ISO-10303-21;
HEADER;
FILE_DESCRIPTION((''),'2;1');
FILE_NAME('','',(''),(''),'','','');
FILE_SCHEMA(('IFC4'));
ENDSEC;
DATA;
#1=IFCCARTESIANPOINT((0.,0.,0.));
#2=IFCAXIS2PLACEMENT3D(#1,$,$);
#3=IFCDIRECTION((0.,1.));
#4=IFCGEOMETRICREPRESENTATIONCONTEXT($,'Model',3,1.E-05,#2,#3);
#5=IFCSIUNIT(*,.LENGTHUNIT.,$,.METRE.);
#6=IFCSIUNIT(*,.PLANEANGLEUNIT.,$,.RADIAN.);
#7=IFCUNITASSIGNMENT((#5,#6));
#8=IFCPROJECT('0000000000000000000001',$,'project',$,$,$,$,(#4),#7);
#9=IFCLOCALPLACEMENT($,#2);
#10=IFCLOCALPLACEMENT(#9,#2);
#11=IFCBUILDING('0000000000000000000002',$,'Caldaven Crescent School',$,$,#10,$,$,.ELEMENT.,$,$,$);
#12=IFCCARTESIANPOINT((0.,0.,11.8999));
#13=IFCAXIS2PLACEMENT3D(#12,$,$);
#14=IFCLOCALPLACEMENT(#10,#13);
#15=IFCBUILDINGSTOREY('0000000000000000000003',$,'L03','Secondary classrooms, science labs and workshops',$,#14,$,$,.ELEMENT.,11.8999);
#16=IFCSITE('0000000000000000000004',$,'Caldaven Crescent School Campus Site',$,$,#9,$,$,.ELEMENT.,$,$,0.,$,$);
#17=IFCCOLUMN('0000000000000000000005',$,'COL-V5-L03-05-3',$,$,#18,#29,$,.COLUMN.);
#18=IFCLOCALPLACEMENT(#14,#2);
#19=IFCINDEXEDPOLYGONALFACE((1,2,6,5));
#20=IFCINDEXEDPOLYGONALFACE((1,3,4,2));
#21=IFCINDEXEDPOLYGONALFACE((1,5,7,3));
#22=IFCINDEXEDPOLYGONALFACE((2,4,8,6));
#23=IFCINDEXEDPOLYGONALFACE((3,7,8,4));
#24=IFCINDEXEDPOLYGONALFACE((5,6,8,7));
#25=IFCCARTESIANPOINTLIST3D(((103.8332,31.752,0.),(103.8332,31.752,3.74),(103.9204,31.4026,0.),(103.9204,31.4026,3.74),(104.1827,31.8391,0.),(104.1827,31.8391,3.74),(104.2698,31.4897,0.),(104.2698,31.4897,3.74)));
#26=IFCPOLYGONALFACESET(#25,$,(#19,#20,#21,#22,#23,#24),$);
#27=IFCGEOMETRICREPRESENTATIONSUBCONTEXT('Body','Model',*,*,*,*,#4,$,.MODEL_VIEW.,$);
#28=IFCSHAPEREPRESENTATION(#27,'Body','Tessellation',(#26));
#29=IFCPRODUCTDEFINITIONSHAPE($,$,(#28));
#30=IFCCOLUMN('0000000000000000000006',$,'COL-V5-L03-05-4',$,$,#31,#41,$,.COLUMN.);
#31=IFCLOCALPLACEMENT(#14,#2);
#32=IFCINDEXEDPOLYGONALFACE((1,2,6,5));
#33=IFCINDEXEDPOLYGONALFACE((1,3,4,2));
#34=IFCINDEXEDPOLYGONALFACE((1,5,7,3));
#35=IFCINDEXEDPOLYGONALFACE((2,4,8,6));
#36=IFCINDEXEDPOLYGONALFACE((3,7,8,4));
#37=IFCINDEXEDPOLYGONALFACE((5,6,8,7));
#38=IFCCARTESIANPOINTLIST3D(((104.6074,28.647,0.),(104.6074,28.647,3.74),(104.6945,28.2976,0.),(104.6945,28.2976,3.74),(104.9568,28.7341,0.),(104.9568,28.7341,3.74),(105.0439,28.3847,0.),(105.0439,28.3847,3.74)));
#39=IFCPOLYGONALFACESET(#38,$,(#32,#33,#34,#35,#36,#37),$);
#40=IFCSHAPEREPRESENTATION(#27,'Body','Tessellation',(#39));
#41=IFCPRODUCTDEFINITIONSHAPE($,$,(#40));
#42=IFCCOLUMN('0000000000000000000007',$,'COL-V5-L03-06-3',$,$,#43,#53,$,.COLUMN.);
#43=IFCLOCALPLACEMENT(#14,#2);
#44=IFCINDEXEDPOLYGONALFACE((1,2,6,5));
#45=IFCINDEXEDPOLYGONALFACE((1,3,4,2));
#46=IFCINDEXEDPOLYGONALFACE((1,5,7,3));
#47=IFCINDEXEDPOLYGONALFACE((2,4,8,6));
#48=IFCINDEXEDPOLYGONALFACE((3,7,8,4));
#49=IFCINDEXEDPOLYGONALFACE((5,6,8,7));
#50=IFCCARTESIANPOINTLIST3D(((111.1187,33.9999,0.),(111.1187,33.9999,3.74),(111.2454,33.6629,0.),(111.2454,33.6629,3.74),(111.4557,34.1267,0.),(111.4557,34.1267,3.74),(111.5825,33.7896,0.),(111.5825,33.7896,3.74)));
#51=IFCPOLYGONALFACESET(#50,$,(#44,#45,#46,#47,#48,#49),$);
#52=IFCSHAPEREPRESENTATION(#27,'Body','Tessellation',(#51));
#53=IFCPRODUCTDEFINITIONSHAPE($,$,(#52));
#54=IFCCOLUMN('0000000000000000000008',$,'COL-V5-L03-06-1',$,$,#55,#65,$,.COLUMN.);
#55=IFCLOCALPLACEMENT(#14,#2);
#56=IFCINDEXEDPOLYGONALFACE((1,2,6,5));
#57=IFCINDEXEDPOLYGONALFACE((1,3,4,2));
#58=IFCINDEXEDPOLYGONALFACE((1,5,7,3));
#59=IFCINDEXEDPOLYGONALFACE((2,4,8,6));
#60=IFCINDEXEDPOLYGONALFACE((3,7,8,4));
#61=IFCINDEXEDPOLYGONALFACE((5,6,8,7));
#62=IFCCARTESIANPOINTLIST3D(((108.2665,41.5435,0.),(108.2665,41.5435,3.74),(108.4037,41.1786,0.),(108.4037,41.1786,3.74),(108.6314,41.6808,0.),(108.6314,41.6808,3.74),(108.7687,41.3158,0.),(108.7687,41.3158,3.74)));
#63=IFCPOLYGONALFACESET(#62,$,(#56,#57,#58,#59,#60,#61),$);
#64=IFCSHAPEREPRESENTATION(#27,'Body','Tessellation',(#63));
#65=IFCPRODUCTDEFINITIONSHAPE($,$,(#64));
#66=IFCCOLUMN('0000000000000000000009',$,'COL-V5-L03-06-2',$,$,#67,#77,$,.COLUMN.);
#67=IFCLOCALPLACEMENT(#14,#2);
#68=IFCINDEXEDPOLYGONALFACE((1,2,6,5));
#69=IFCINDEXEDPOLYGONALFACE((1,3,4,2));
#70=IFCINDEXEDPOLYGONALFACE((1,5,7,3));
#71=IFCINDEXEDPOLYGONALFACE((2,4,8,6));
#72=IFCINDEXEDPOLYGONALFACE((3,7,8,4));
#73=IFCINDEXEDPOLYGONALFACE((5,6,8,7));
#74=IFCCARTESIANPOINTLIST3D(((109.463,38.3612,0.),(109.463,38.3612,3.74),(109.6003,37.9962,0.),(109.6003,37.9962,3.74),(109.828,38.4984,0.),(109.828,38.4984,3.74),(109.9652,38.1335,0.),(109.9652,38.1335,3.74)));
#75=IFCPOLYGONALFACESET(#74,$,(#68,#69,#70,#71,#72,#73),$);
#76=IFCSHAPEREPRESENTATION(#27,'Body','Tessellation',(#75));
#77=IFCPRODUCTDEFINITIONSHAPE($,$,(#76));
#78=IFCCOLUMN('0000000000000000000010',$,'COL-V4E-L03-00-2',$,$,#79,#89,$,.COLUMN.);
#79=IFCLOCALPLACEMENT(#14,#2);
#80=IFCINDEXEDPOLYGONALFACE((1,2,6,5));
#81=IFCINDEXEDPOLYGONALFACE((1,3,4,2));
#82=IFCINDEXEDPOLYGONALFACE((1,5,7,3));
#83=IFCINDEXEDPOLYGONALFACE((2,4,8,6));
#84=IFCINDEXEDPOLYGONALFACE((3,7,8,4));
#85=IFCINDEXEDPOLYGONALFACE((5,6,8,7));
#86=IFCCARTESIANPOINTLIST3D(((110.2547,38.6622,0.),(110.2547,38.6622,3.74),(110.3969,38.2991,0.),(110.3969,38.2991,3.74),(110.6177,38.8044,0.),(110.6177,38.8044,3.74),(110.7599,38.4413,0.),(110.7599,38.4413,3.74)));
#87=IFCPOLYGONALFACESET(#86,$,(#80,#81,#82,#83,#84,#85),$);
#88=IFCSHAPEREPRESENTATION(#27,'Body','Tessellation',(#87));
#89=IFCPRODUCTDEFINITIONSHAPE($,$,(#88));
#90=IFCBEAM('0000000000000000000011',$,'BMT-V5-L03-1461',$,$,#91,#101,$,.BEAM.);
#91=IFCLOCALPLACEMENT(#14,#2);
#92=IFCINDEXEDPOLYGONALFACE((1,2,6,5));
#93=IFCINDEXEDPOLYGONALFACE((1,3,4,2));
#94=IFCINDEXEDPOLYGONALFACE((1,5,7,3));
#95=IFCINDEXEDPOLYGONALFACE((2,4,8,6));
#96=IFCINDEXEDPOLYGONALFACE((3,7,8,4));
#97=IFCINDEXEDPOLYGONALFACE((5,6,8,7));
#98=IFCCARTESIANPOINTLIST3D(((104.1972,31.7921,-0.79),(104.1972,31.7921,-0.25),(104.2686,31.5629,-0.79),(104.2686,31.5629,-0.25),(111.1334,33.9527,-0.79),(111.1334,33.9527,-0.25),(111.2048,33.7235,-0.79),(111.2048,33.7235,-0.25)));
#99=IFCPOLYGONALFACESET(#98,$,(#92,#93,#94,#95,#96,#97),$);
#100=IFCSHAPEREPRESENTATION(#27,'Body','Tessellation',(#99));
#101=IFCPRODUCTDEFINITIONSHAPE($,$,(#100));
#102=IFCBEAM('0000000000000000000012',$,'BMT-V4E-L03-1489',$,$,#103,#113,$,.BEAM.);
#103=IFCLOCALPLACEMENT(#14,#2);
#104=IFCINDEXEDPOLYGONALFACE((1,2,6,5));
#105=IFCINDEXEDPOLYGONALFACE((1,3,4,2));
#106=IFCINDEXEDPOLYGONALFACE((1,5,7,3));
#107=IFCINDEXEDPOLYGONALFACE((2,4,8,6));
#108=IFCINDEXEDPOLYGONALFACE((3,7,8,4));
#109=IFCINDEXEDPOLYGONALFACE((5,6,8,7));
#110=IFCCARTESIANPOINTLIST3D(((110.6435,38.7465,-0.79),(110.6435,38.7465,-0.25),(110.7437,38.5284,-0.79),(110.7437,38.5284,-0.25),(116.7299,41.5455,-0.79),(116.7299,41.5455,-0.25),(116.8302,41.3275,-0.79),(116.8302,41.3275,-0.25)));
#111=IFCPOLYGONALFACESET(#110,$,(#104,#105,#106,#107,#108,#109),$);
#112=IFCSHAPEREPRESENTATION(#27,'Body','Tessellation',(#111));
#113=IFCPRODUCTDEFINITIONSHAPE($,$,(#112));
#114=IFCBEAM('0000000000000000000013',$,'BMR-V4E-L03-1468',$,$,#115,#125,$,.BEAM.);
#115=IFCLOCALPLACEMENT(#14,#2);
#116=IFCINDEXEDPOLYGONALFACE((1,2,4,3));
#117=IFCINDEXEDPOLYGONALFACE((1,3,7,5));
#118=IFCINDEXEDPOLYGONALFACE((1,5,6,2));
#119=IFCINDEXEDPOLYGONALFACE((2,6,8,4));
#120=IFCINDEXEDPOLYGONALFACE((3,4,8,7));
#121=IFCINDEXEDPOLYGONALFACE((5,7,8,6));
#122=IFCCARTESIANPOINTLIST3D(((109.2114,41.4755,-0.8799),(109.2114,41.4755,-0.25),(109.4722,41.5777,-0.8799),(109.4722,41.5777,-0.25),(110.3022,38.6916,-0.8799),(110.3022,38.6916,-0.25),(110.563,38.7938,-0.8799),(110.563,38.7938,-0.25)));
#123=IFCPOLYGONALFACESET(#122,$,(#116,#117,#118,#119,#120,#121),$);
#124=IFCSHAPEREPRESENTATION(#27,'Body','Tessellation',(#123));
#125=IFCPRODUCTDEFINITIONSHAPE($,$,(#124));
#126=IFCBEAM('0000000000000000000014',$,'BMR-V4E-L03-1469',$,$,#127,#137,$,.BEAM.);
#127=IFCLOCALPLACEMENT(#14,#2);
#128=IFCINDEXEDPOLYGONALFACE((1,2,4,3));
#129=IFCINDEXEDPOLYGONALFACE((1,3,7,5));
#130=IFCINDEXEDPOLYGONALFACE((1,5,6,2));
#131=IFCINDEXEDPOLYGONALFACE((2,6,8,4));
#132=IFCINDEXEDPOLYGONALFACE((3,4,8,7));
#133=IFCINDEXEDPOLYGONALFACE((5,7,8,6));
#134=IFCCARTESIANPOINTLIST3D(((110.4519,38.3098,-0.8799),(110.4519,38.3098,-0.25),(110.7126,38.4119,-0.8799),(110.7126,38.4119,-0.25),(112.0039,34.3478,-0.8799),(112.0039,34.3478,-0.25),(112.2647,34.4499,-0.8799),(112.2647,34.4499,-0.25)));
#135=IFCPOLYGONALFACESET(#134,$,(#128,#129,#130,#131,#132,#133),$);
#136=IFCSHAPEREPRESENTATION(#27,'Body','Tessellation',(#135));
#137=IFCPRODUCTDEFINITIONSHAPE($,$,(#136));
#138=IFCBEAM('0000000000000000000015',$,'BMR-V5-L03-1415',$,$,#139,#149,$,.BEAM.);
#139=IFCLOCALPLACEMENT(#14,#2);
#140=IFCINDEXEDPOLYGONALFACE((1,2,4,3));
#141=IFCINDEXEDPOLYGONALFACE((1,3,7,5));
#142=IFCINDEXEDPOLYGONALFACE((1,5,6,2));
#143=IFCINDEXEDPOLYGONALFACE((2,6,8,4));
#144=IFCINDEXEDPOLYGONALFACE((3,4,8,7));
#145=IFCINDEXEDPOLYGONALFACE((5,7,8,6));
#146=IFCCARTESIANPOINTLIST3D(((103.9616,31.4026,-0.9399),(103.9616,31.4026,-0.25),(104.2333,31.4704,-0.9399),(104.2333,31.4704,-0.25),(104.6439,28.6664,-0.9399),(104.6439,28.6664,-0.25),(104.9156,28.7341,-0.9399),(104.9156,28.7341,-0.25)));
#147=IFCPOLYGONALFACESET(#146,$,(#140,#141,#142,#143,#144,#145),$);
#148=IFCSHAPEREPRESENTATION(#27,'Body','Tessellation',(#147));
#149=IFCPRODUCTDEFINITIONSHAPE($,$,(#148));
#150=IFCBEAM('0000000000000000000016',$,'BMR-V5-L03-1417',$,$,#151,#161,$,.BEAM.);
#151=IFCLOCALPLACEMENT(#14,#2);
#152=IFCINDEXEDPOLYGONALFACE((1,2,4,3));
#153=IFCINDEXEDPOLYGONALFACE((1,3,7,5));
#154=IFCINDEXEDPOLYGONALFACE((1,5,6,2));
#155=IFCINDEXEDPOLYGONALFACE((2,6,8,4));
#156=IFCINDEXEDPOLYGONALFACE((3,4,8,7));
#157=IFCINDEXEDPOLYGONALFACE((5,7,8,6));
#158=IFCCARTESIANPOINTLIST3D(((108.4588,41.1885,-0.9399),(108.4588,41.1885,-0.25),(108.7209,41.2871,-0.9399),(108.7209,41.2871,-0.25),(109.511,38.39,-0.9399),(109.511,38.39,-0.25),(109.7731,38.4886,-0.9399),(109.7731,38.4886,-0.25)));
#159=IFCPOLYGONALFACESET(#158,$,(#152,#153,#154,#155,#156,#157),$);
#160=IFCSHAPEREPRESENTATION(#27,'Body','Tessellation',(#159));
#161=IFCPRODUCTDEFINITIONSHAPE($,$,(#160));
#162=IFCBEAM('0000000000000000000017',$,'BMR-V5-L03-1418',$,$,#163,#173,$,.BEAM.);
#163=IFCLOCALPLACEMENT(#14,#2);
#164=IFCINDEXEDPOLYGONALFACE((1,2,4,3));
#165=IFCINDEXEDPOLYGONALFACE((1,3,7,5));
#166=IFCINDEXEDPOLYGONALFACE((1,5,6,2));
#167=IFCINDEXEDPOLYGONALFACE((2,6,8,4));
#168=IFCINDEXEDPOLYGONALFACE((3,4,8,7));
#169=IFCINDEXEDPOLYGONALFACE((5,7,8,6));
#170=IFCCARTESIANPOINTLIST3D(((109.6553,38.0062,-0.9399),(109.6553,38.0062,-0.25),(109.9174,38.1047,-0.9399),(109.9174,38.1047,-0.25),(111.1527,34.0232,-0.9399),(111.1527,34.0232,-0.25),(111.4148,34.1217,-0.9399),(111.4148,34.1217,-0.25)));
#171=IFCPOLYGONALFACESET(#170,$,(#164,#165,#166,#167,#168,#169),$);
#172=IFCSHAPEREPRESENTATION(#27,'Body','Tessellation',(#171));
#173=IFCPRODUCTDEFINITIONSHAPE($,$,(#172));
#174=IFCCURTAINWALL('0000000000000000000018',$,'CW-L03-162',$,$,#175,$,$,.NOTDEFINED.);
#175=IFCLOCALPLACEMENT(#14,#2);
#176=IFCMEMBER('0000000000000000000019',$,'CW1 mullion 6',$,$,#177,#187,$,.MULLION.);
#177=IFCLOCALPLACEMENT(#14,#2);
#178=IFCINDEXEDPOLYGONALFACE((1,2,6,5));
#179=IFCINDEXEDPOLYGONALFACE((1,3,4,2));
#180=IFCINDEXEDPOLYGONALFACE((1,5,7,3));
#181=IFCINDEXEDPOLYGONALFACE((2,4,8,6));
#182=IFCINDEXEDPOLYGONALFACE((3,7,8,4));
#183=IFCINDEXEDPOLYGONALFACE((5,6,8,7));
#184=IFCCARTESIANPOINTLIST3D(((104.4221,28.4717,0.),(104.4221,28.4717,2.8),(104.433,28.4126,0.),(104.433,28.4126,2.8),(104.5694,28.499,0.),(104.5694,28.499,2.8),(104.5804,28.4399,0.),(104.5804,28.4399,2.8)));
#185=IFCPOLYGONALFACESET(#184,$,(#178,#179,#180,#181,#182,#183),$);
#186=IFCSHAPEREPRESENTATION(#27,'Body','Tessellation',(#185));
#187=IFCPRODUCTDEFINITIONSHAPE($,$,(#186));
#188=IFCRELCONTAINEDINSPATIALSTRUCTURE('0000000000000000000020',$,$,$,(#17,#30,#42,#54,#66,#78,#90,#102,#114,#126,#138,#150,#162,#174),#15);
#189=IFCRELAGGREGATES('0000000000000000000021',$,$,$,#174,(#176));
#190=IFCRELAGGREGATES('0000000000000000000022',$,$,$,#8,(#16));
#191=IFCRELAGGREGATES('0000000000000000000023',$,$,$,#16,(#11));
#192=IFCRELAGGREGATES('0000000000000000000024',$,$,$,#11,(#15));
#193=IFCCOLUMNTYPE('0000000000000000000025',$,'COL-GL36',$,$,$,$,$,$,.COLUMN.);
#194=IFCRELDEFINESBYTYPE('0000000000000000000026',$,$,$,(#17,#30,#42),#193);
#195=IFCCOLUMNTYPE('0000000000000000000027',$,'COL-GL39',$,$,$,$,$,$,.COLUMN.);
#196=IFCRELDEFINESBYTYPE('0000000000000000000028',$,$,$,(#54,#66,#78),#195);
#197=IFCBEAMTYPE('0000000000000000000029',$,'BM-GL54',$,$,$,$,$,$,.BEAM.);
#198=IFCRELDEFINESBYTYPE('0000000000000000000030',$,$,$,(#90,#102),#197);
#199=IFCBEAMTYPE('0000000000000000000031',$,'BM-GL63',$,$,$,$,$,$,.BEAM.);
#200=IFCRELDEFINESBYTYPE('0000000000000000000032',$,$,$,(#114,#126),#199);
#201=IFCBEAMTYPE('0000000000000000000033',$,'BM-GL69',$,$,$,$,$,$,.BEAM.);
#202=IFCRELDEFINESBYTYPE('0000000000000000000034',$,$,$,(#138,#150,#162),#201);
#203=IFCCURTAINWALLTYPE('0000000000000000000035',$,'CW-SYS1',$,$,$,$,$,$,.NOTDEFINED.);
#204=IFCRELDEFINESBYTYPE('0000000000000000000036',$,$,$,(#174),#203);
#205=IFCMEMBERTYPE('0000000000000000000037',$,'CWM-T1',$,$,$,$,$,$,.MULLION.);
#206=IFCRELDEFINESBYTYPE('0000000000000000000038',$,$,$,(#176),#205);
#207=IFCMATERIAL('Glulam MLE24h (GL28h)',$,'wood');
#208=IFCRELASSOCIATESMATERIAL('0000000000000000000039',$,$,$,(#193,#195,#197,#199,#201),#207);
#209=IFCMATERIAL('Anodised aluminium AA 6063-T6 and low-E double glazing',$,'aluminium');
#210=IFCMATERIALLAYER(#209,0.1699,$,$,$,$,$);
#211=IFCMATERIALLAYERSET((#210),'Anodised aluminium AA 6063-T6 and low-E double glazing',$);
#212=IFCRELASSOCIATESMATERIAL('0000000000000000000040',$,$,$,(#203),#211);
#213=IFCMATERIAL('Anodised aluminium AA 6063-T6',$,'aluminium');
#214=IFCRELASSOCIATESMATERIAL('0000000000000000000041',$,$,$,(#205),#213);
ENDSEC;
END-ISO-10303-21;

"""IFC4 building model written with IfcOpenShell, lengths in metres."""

from ifc_helpers import new_model, si_unit, direction, frame, origin, origin_2d, place, context, subcontext, project, spatial, rectangle, extrude, material, layer, layer_set, material_profile, profile_set, type_object, element, aggregate, save


model = new_model("IFC4")

# Units and contexts
model_context = context("Model", 3, precision=1e-05, world=origin(), true_north=direction((0.0, 1.0)))
body_context = subcontext(model_context, "Body", "Model", "MODEL_VIEW")
ifc_project = project(units=[si_unit("LENGTHUNIT", "METRE"), si_unit("PLANEANGLEUNIT", "RADIAN")], contexts=[model_context])

# Site, building, storey
site_placement = place(None, origin())
site = spatial("IfcSite", under=ifc_project, at=site_placement, Name="Caldaven Crescent School Campus Site", CompositionType="ELEMENT", RefElevation=0.0)
building_placement = place(site_placement, origin())
building = spatial("IfcBuilding", under=site, at=building_placement, Name="Caldaven Crescent School", CompositionType="ELEMENT")
storey_placement = place(building_placement, frame((0.0, 0.0, 11.8999)))
storey = spatial("IfcBuildingStorey", under=building, at=storey_placement, Name="L03", Description="Secondary classrooms, science labs and workshops", CompositionType="ELEMENT", Elevation=11.8999)

# Columns
ifc_material_1 = material(Name="Glulam MLE24h (GL28h)", Category="wood")
ifc_material_profile_1 = material_profile(ifc_material_1, rectangle(XDim=0.3601, YDim=0.3601, at=origin_2d()), Name="MLE 360x360")
ifc_profile_set_1 = profile_set([ifc_material_profile_1], Name="Glulam MLE24h (GL28h)")
column_type_1 = type_object("IfcColumnType", Name="COL-GL36", PredefinedType="COLUMN", material=ifc_profile_set_1)
for number, where, z_axis, x_axis, name in (
    (1, (104.0515, 31.6208, 0.0), (0.0, 0.0, 1.0), (0.241922, -0.970296, 0.0), "COL-V5-L03-05-3"),
    (2, (104.8257, 28.5159, 0.0), (0.0, 0.0, 1.0), (0.241922, -0.970296, 0.0), "COL-V5-L03-05-4"),
    (3, (111.3506, 33.8948, 0.0), (0.0, 0.0, 1.0), (0.352005, -0.935998, 0.0), "COL-V5-L03-06-3"),
):
    element("IfcColumn", number, at=place(storey_placement, frame(where, z_axis=z_axis, x_axis=x_axis)), inside=storey, type_object=column_type_1, Name=name, PredefinedType="COLUMN", context=body_context, shape_type="SweptSolid", body=[
        extrude(rectangle(XDim=0.3601, YDim=0.3601, at=origin_2d()), origin(), (0.0, 0.0, 1.0), 3.74),
    ])
ifc_material_profile_2 = material_profile(ifc_material_1, rectangle(XDim=0.3899, YDim=0.3899, at=origin_2d()), Name="MLE 390x390")
ifc_profile_set_2 = profile_set([ifc_material_profile_2], Name="Glulam MLE24h (GL28h)")
column_type_2 = type_object("IfcColumnType", Name="COL-GL39", PredefinedType="COLUMN", material=ifc_profile_set_2)
for number, where, z_axis, x_axis, name in (
    (4, (108.5176, 41.4297, 0.0), (0.0, 0.0, 1.0), (0.352005, -0.935998, 0.0), "COL-V5-L03-06-1"),
    (5, (109.7141, 38.2473, 0.0), (0.0, 0.0, 1.0), (0.352005, -0.935998, 0.0), "COL-V5-L03-06-2"),
    (6, (110.5073, 38.5518, 0.0), (0.0, 0.0, 1.0), (0.364714, -0.931119, 0.0), "COL-V4E-L03-00-2"),
):
    element("IfcColumn", number, at=place(storey_placement, frame(where, z_axis=z_axis, x_axis=x_axis)), inside=storey, type_object=column_type_2, Name=name, PredefinedType="COLUMN", context=body_context, shape_type="SweptSolid", body=[
        extrude(rectangle(XDim=0.3899, YDim=0.3899, at=origin_2d()), origin(), (0.0, 0.0, 1.0), 3.74),
    ])

# Beams
ifc_material_profile_3 = material_profile(ifc_material_1, rectangle(XDim=0.24, YDim=0.54, at=origin_2d()), Name="MLE 240x540")
ifc_profile_set_3 = profile_set([ifc_material_profile_3], Name="Glulam MLE24h (GL28h)")
beam_type_1 = type_object("IfcBeamType", Name="BM-GL54", PredefinedType="BEAM", material=ifc_profile_set_3)
beam_1_placement = place(storey_placement, frame((104.2329, 31.6775, -0.52), z_axis=(0.954752, 0.297404, 0.0), x_axis=(-0.297404, 0.954752, 0.0)))
element("IfcBeam", 7, at=beam_1_placement, inside=storey, type_object=beam_type_1, Name="BMT-V5-L03-1461", PredefinedType="BEAM", context=body_context, shape_type="SweptSolid", body=[
    extrude(rectangle(XDim=0.24, YDim=0.54, at=origin_2d()), origin(), (0.0, 0.0, 1.0), 7.2649),
])
beam_2_placement = place(storey_placement, frame((110.6936, 38.6375, -0.52), z_axis=(0.908529, 0.417821, 0.0), x_axis=(-0.417821, 0.908529, 0.0)))
element("IfcBeam", 8, at=beam_2_placement, inside=storey, type_object=beam_type_1, Name="BMT-V4E-L03-1489", PredefinedType="BEAM", context=body_context, shape_type="SweptSolid", body=[
    extrude(rectangle(XDim=0.24, YDim=0.54, at=origin_2d()), origin(), (0.0, 0.0, 1.0), 6.6992),
])
ifc_material_profile_4 = material_profile(ifc_material_1, rectangle(XDim=0.28, YDim=0.6299, at=origin_2d()), Name="MLE 280x630")
ifc_profile_set_4 = profile_set([ifc_material_profile_4], Name="Glulam MLE24h (GL28h)")
beam_type_2 = type_object("IfcBeamType", Name="BM-GL63", PredefinedType="BEAM", material=ifc_profile_set_4)
beam_3_placement = place(storey_placement, frame((109.3418, 41.5266, -0.5649), z_axis=(0.364821, -0.931078, 0.0), x_axis=(0.931078, 0.364821, 0.0)))
element("IfcBeam", 9, at=beam_3_placement, inside=storey, type_object=beam_type_2, Name="BMR-V4E-L03-1468", PredefinedType="BEAM", context=body_context, shape_type="SweptSolid", body=[
    extrude(rectangle(XDim=0.28, YDim=0.6299, at=origin_2d()), origin(), (0.0, 0.0, 1.0), 2.99),
])
beam_4_placement = place(storey_placement, frame((110.5823, 38.3608, -0.5649), z_axis=(0.364743, -0.931108, 0.0), x_axis=(0.931108, 0.364743, 0.0)))
element("IfcBeam", 10, at=beam_4_placement, inside=storey, type_object=beam_type_2, Name="BMR-V4E-L03-1469", PredefinedType="BEAM", context=body_context, shape_type="SweptSolid", body=[
    extrude(rectangle(XDim=0.28, YDim=0.6299, at=origin_2d()), origin(), (0.0, 0.0, 1.0), 4.2551),
])
ifc_material_profile_5 = material_profile(ifc_material_1, rectangle(XDim=0.28, YDim=0.6899, at=origin_2d()), Name="MLE 280x690")
ifc_profile_set_5 = profile_set([ifc_material_profile_5], Name="Glulam MLE24h (GL28h)")
beam_type_3 = type_object("IfcBeamType", Name="BM-GL69", PredefinedType="BEAM", material=ifc_profile_set_5)
beam_5_placement = place(storey_placement, frame((104.0974, 31.4365, -0.595), z_axis=(0.241965, -0.970285, 0.0), x_axis=(0.970285, 0.241965, 0.0)))
element("IfcBeam", 11, at=beam_5_placement, inside=storey, type_object=beam_type_3, Name="BMR-V5-L03-1415", PredefinedType="BEAM", context=body_context, shape_type="SweptSolid", body=[
    extrude(rectangle(XDim=0.28, YDim=0.6899, at=origin_2d()), origin(), (0.0, 0.0, 1.0), 2.8201),
])
beam_6_placement = place(storey_placement, frame((108.5898, 41.2378, -0.595), z_axis=(0.351938, -0.936023, 0.0), x_axis=(0.936023, 0.351938, 0.0)))
element("IfcBeam", 12, at=beam_6_placement, inside=storey, type_object=beam_type_3, Name="BMR-V5-L03-1417", PredefinedType="BEAM", context=body_context, shape_type="SweptSolid", body=[
    extrude(rectangle(XDim=0.28, YDim=0.6899, at=origin_2d()), origin(), (0.0, 0.0, 1.0), 2.9897),
])
beam_7_placement = place(storey_placement, frame((109.7864, 38.0554, -0.595), z_axis=(0.35189, -0.936041, 0.0), x_axis=(0.936041, 0.35189, 0.0)))
element("IfcBeam", 13, at=beam_7_placement, inside=storey, type_object=beam_type_3, Name="BMR-V5-L03-1418", PredefinedType="BEAM", context=body_context, shape_type="SweptSolid", body=[
    extrude(rectangle(XDim=0.28, YDim=0.6899, at=origin_2d()), origin(), (0.0, 0.0, 1.0), 4.2551),
])

# Curtain wall, member
ifc_material_2 = material(Name="Anodised aluminium AA 6063-T6 and low-E double glazing", Category="aluminium")
ifc_layer_1 = layer(ifc_material_2, 0.1699)
ifc_layer_set_1 = layer_set([ifc_layer_1], Name="Anodised aluminium AA 6063-T6 and low-E double glazing")
curtain_wall_type = type_object("IfcCurtainWallType", Name="CW-SYS1", PredefinedType="NOTDEFINED", material=ifc_layer_set_1)
curtain_wall_placement = place(storey_placement, origin())
curtain_wall = element("IfcCurtainWall", 14, at=curtain_wall_placement, inside=storey, type_object=curtain_wall_type, Name="CW-L03-162", PredefinedType="NOTDEFINED")
ifc_material_3 = material(Name="Anodised aluminium AA 6063-T6", Category="aluminium")
ifc_material_profile_6 = material_profile(ifc_material_3, rectangle(XDim=0.0601, YDim=0.1499, at=origin_2d()), Name="CWM 60x150")
ifc_profile_set_6 = profile_set([ifc_material_profile_6], Name="Anodised aluminium AA 6063-T6")
member_type = type_object("IfcMemberType", Name="CWM-T1", PredefinedType="MULLION", material=ifc_profile_set_6)
member_placement = place(storey_placement, frame((104.5012, 28.4558, 0.0), z_axis=(0.0, 0.0, 1.0), x_axis=(-0.182235, 0.983255, 0.0)))
member = element("IfcMember", 15, at=member_placement, type_object=member_type, Name="CW1 mullion 6", PredefinedType="MULLION", context=body_context, shape_type="SweptSolid", body=[
    extrude(rectangle(XDim=0.0601, YDim=0.1499, at=origin_2d()), origin(), (0.0, 0.0, 1.0), 2.8),
])

aggregate(curtain_wall, [member])

save(model, "model.ifc")
